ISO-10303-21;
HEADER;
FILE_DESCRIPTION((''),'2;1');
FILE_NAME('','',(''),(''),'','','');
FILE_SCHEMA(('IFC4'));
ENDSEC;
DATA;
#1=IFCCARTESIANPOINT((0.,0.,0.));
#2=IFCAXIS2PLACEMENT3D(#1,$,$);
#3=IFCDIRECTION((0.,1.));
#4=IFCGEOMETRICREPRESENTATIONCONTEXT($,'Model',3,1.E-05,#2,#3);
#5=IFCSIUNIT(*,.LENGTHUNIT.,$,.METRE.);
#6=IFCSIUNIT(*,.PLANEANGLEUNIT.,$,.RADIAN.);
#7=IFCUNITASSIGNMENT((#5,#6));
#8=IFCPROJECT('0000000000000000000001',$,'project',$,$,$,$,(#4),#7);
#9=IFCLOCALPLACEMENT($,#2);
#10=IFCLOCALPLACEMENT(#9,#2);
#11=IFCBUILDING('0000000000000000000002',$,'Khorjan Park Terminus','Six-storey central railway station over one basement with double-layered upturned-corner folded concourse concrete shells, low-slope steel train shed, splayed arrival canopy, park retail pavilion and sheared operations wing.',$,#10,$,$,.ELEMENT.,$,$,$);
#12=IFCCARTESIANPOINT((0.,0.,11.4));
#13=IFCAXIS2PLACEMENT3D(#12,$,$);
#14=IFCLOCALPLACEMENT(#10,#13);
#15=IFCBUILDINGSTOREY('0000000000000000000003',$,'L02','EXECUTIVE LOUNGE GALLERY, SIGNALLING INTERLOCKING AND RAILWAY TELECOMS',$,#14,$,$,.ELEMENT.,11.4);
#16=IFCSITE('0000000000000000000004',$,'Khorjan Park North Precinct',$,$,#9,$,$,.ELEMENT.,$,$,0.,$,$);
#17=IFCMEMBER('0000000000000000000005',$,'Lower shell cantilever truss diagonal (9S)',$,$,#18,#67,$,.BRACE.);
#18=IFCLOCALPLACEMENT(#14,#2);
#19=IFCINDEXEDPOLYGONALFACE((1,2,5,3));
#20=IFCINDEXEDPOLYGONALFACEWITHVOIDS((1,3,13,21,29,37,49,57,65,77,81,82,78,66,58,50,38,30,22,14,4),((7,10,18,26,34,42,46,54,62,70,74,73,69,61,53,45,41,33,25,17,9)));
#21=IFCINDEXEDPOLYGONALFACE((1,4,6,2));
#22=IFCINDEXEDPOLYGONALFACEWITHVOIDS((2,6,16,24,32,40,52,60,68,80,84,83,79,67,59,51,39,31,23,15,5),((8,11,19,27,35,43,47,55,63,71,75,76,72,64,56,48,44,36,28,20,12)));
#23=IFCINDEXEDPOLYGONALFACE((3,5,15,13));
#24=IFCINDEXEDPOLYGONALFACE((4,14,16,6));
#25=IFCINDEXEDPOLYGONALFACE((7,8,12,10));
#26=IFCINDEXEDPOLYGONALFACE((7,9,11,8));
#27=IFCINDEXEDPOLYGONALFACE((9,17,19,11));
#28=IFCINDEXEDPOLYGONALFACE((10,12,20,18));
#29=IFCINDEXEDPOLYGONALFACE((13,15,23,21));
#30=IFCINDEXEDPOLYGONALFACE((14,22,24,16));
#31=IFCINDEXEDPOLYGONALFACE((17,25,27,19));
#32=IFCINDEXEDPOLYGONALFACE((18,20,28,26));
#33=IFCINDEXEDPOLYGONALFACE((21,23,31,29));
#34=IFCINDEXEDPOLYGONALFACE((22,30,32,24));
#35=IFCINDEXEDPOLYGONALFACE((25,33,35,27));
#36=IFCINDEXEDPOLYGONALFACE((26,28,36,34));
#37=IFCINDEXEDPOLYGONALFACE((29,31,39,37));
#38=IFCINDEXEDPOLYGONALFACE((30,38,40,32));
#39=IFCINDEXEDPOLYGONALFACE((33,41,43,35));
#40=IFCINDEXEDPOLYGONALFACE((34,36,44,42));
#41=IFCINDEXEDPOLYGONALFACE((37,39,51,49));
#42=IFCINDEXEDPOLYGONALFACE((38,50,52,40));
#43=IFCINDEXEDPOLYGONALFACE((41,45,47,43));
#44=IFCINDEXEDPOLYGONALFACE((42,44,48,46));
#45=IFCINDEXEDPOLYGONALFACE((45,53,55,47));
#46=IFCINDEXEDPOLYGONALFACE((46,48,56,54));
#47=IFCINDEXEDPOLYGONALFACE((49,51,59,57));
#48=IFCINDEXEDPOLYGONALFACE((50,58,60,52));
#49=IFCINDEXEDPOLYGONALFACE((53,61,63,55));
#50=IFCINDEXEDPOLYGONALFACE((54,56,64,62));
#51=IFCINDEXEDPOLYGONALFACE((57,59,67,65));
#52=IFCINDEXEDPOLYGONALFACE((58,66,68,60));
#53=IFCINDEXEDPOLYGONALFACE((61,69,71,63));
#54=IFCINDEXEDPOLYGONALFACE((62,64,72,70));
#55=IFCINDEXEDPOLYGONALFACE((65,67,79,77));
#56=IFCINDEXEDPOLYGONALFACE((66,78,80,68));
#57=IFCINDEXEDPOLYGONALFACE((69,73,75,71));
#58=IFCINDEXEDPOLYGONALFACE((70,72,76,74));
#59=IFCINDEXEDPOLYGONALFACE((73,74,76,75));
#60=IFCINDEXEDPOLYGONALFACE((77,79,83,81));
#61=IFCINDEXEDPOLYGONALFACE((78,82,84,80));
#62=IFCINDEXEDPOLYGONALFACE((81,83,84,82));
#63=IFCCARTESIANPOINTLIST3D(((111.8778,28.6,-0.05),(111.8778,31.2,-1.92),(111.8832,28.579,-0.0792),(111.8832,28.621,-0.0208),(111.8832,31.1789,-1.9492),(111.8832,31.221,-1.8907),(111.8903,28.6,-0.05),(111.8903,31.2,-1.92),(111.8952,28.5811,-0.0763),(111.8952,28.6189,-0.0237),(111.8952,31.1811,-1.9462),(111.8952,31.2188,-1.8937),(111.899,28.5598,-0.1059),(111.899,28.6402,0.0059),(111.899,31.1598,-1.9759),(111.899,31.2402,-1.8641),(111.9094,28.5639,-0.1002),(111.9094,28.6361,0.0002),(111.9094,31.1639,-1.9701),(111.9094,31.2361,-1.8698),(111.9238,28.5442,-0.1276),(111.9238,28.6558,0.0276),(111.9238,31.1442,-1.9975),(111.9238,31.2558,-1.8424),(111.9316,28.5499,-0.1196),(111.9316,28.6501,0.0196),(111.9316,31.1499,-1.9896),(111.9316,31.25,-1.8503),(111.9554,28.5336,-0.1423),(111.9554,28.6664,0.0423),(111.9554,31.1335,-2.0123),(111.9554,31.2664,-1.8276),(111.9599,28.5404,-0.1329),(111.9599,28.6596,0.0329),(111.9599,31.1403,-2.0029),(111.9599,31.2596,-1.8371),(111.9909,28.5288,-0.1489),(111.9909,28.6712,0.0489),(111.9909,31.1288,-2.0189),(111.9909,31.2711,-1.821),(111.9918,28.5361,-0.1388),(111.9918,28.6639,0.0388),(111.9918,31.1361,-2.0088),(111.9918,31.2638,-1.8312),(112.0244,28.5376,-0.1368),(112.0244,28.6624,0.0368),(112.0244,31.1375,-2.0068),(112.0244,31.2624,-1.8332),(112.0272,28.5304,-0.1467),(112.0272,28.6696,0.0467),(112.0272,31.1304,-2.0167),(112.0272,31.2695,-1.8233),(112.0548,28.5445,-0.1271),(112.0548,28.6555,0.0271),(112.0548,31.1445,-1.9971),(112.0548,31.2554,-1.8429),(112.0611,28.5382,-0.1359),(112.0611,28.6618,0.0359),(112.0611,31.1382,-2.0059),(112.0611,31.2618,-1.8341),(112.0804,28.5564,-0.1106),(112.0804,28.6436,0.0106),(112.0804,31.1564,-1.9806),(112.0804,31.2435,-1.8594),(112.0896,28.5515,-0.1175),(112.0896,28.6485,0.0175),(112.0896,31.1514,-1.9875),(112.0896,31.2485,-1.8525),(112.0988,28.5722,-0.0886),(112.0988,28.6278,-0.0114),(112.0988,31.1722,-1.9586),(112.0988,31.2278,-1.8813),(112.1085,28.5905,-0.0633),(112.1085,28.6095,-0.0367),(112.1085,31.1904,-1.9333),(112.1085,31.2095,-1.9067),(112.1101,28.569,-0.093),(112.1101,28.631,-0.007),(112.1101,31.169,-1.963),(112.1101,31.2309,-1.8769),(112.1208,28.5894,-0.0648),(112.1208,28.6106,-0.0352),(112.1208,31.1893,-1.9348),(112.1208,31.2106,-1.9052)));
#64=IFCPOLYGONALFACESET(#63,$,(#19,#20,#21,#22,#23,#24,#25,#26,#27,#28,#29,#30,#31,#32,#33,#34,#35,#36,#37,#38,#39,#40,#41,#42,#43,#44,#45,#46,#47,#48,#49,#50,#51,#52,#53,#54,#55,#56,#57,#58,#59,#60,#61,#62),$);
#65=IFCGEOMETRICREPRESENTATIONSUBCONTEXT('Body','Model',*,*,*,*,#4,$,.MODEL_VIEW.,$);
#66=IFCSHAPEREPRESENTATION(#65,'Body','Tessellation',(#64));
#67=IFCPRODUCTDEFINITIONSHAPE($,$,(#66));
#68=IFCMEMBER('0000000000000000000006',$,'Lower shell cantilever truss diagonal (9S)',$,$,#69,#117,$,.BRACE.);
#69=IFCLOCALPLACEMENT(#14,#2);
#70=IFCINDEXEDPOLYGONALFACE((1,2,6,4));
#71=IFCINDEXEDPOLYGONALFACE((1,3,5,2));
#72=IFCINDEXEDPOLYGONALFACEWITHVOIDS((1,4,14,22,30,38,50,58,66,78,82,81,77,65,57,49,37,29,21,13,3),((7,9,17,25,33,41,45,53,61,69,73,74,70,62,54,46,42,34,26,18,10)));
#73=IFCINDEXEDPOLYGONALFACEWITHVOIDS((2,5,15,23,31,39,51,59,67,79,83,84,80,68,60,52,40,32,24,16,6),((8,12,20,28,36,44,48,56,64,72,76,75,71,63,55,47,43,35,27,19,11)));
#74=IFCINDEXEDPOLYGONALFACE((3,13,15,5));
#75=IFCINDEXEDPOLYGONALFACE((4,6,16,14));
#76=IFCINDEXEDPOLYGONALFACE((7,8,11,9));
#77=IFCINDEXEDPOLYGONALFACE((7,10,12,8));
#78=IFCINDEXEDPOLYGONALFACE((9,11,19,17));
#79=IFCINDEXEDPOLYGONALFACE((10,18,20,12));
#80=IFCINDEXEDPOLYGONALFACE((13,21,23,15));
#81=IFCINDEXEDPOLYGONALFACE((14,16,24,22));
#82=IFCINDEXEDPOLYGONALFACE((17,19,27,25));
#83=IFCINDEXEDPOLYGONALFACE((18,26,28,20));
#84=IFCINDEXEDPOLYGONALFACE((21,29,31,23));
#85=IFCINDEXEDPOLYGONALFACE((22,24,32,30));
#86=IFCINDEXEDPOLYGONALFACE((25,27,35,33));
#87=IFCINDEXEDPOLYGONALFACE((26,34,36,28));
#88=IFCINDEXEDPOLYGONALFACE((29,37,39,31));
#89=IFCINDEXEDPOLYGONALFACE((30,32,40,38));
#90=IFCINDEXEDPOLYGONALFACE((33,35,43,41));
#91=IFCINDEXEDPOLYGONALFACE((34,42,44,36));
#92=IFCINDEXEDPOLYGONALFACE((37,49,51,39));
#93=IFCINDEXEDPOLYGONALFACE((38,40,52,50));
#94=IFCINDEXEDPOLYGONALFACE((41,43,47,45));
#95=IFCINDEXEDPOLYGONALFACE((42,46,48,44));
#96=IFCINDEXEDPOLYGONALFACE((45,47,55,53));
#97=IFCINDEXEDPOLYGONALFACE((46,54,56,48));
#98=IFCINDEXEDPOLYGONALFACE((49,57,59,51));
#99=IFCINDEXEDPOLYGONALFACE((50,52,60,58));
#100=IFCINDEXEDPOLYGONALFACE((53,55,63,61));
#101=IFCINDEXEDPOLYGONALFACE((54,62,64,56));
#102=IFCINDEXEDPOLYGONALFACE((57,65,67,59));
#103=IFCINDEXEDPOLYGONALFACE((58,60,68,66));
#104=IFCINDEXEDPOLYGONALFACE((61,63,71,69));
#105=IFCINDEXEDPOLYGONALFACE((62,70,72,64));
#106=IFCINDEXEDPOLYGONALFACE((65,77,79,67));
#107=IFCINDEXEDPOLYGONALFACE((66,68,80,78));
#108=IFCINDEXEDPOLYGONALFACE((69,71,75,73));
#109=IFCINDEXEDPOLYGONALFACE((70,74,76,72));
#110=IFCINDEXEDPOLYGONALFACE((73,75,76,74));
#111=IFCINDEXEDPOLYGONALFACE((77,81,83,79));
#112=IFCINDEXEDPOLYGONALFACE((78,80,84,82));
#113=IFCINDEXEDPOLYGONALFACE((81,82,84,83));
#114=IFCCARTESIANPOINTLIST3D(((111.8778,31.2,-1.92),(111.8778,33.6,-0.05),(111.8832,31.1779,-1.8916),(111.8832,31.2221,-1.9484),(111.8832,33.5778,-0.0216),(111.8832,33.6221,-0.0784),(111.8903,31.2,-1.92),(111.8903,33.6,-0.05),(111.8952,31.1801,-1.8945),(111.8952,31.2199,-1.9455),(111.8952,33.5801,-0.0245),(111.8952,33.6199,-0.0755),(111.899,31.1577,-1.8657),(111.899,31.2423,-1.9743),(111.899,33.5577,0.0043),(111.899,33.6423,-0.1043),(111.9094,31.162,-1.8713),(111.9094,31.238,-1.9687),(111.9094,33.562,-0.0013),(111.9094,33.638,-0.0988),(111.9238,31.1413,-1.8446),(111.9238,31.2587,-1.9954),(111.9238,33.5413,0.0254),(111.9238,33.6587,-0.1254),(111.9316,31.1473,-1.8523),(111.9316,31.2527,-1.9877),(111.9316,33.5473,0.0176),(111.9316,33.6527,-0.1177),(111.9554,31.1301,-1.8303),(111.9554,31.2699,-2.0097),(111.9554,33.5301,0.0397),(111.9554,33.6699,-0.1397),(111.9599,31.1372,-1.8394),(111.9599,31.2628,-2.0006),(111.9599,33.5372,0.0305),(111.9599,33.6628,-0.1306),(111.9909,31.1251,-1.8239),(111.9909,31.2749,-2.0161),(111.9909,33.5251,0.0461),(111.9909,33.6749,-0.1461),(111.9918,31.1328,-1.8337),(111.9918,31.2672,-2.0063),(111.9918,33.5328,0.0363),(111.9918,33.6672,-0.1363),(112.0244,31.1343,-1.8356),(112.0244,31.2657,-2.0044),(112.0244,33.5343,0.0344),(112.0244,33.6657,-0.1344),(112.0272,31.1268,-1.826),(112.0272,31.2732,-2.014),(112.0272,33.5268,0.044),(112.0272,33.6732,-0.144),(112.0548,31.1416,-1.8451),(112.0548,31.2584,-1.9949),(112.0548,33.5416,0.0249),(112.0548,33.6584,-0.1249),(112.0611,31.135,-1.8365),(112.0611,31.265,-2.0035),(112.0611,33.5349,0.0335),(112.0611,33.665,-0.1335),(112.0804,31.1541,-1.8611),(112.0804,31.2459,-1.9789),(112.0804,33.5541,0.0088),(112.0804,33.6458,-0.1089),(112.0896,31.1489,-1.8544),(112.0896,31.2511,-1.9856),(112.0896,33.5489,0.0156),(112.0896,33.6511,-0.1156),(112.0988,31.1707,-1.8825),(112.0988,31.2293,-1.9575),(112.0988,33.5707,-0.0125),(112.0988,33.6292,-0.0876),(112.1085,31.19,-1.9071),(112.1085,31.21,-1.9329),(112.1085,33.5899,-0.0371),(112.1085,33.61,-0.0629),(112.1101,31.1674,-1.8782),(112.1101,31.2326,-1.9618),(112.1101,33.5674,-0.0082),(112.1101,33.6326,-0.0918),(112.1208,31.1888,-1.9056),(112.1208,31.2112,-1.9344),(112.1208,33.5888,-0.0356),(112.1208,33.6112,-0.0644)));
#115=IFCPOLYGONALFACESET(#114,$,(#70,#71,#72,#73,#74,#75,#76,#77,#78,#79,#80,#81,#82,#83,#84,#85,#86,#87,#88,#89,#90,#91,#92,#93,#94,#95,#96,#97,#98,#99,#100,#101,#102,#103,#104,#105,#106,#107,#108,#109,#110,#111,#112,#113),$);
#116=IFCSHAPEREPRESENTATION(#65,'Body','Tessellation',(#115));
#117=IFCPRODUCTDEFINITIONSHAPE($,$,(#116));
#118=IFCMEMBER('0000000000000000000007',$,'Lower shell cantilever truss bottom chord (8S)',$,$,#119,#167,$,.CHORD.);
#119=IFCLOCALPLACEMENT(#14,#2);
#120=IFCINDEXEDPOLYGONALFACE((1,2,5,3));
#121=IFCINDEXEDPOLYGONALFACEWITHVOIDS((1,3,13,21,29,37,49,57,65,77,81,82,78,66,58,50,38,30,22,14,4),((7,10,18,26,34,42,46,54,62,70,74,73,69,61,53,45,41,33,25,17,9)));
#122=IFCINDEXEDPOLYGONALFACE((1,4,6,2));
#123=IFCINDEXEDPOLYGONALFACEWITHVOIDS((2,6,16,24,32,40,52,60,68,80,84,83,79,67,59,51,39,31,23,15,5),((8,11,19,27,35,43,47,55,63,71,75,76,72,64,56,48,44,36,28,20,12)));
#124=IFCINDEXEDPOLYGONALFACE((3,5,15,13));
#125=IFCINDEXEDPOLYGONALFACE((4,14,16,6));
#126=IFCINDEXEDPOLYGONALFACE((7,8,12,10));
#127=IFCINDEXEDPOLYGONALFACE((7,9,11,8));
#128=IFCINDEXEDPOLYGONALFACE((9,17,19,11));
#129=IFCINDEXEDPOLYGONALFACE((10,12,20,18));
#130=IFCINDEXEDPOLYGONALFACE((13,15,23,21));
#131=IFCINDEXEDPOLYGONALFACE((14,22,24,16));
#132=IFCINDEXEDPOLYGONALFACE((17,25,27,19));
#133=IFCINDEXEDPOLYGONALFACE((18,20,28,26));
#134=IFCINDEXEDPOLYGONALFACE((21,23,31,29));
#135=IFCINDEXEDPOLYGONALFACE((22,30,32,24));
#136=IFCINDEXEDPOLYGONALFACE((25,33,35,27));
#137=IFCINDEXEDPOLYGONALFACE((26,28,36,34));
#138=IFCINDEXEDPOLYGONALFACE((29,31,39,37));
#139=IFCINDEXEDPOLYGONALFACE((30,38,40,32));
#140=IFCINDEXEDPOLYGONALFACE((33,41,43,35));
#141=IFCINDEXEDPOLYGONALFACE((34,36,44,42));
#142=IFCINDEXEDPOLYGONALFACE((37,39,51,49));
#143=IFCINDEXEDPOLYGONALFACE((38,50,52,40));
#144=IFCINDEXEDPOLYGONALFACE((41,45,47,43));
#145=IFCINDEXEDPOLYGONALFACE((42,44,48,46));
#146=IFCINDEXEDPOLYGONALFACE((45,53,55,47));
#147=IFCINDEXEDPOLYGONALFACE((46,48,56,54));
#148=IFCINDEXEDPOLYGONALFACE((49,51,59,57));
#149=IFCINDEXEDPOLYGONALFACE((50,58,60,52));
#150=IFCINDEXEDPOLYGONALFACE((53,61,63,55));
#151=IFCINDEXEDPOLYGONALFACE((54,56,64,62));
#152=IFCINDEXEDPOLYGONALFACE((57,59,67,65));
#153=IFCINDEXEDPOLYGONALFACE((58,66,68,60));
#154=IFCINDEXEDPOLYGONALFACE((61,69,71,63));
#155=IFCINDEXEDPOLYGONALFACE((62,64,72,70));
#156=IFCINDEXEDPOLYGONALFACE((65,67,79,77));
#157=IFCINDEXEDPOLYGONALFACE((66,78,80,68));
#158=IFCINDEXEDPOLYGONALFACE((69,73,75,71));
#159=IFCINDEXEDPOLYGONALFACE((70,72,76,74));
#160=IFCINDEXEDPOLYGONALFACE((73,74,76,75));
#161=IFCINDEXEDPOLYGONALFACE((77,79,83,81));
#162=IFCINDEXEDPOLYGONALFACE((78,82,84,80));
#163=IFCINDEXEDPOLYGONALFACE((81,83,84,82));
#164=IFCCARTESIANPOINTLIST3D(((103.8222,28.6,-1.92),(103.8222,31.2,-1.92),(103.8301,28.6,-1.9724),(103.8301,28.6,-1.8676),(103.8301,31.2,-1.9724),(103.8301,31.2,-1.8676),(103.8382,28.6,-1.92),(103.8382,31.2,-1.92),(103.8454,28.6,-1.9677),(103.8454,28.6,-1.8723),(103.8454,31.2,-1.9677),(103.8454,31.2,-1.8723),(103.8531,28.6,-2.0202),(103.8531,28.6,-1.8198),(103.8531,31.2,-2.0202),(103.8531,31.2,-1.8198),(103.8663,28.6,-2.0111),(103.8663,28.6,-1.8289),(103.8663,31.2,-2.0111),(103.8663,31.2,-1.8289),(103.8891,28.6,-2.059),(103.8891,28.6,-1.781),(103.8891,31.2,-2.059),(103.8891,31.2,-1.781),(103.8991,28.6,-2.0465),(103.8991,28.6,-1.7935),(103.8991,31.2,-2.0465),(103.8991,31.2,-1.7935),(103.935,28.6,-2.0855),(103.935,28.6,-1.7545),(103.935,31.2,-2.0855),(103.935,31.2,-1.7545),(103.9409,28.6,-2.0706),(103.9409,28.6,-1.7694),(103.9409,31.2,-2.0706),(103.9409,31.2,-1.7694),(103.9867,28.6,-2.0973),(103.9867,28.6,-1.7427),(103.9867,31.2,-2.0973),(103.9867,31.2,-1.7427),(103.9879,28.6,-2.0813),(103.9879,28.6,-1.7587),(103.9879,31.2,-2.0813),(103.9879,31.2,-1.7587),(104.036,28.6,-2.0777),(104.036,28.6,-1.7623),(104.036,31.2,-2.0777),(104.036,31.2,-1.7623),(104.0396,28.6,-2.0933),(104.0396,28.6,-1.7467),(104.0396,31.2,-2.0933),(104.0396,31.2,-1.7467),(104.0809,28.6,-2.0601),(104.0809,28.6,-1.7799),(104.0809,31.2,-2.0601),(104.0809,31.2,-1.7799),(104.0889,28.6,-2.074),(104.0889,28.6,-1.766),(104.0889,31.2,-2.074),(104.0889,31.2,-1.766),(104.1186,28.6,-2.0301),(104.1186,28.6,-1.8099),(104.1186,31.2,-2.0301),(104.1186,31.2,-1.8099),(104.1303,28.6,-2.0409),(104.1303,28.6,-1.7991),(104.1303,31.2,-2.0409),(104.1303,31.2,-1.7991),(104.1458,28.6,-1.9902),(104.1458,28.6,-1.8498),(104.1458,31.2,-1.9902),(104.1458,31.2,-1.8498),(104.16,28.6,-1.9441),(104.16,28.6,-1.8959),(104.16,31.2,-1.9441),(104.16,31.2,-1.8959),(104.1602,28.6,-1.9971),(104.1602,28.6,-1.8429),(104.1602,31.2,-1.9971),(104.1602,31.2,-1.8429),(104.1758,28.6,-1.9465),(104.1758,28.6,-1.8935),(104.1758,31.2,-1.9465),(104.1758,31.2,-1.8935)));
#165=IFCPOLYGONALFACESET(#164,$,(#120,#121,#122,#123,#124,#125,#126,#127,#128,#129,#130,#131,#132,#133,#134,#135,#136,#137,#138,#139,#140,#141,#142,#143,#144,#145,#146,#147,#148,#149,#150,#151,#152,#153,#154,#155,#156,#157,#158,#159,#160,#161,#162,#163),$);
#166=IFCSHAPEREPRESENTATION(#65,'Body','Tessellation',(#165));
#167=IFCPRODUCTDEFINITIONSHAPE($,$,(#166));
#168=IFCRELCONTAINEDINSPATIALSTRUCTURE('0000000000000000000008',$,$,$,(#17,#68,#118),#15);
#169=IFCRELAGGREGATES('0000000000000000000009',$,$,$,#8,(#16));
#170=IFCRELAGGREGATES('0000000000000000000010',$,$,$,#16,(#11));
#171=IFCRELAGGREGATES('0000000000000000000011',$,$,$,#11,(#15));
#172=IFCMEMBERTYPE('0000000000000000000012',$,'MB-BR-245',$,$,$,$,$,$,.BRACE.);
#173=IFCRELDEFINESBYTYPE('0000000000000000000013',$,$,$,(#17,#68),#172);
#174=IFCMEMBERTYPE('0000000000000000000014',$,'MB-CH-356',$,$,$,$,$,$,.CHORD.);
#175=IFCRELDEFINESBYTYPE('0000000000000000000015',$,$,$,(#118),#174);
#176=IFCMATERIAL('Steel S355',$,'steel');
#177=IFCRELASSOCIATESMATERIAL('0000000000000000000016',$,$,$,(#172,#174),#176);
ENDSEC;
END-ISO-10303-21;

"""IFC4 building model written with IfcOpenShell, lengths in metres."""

from ifc_helpers import new_model, si_unit, direction, frame, origin, origin_2d, place, context, subcontext, project, spatial, hollow_circle, extrude, material, material_profile, profile_set, type_object, element, save


model = new_model("IFC4")

# Units and contexts
model_context = context("Model", 3, precision=1e-05, world=origin(), true_north=direction((0.0, 1.0)))
body_context = subcontext(model_context, "Body", "Model", "MODEL_VIEW")
ifc_project = project(units=[si_unit("LENGTHUNIT", "METRE"), si_unit("PLANEANGLEUNIT", "RADIAN")], contexts=[model_context])

# Site, building, storey
site_placement = place(None, origin())
site = spatial("IfcSite", under=ifc_project, at=site_placement, Name="Khorjan Park North Precinct", CompositionType="ELEMENT", RefElevation=0.0)
building_placement = place(site_placement, origin())
building = spatial("IfcBuilding", under=site, at=building_placement, Name="Khorjan Park Terminus", Description="Six-storey central railway station over one basement with double-layered upturned-corner folded concourse concrete shells, low-slope steel train shed, splayed arrival canopy, park retail pavilion and sheared operations wing.", CompositionType="ELEMENT")
storey_placement = place(building_placement, frame((0.0, 0.0, 11.4)))
storey = spatial("IfcBuildingStorey", under=building, at=storey_placement, Name="L02", Description="EXECUTIVE LOUNGE GALLERY, SIGNALLING INTERLOCKING AND RAILWAY TELECOMS", CompositionType="ELEMENT", Elevation=11.4)

# Members
ifc_material_1 = material(Name="Steel S355", Category="steel")
ifc_material_profile_1 = material_profile(ifc_material_1, hollow_circle(Radius=0.1222, WallThickness=0.0125, at=origin_2d()), Name="CHS 244.5x12.5")
ifc_profile_set_1 = profile_set([ifc_material_profile_1], Name="Steel S355")
member_type_1 = type_object("IfcMemberType", Name="MB-BR-245", PredefinedType="BRACE", material=ifc_profile_set_1)
member_1_placement = place(storey_placement, frame((112.0, 28.6, -0.05), z_axis=(0.0, 0.81183, -0.583893), x_axis=(-1.0, 0.0, 0.0)))
element("IfcMember", 1, at=member_1_placement, inside=storey, type_object=member_type_1, Name="Lower shell cantilever truss diagonal (9S)", PredefinedType="BRACE", context=body_context, shape_type="SweptSolid", body=[
    extrude(hollow_circle(Radius=0.1222, WallThickness=0.0125, at=origin_2d()), origin(), (0.0, 0.0, 1.0), 3.2026),
])
member_2_placement = place(storey_placement, frame((112.0, 31.2, -1.92), z_axis=(0.0, 0.788821, 0.614623), x_axis=(-1.0, 0.0, 0.0)))
element("IfcMember", 2, at=member_2_placement, inside=storey, type_object=member_type_1, Name="Lower shell cantilever truss diagonal (9S)", PredefinedType="BRACE", context=body_context, shape_type="SweptSolid", body=[
    extrude(hollow_circle(Radius=0.1222, WallThickness=0.0125, at=origin_2d()), origin(), (0.0, 0.0, 1.0), 3.0425),
])
ifc_material_profile_2 = material_profile(ifc_material_1, hollow_circle(Radius=0.1778, WallThickness=0.016, at=origin_2d()), Name="CHS 355.6x16")
ifc_profile_set_2 = profile_set([ifc_material_profile_2], Name="Steel S355")
member_type_2 = type_object("IfcMemberType", Name="MB-CH-356", PredefinedType="CHORD", material=ifc_profile_set_2)
member_3_placement = place(storey_placement, frame((104.0, 28.6, -1.92), z_axis=(0.0, 1.0, 0.0), x_axis=(-1.0, 0.0, 0.0)))
element("IfcMember", 3, at=member_3_placement, inside=storey, type_object=member_type_2, Name="Lower shell cantilever truss bottom chord (8S)", PredefinedType="CHORD", context=body_context, shape_type="SweptSolid", body=[
    extrude(hollow_circle(Radius=0.1778, WallThickness=0.016, at=origin_2d()), origin(), (0.0, 0.0, 1.0), 2.6),
])

save(model, "model.ifc")
